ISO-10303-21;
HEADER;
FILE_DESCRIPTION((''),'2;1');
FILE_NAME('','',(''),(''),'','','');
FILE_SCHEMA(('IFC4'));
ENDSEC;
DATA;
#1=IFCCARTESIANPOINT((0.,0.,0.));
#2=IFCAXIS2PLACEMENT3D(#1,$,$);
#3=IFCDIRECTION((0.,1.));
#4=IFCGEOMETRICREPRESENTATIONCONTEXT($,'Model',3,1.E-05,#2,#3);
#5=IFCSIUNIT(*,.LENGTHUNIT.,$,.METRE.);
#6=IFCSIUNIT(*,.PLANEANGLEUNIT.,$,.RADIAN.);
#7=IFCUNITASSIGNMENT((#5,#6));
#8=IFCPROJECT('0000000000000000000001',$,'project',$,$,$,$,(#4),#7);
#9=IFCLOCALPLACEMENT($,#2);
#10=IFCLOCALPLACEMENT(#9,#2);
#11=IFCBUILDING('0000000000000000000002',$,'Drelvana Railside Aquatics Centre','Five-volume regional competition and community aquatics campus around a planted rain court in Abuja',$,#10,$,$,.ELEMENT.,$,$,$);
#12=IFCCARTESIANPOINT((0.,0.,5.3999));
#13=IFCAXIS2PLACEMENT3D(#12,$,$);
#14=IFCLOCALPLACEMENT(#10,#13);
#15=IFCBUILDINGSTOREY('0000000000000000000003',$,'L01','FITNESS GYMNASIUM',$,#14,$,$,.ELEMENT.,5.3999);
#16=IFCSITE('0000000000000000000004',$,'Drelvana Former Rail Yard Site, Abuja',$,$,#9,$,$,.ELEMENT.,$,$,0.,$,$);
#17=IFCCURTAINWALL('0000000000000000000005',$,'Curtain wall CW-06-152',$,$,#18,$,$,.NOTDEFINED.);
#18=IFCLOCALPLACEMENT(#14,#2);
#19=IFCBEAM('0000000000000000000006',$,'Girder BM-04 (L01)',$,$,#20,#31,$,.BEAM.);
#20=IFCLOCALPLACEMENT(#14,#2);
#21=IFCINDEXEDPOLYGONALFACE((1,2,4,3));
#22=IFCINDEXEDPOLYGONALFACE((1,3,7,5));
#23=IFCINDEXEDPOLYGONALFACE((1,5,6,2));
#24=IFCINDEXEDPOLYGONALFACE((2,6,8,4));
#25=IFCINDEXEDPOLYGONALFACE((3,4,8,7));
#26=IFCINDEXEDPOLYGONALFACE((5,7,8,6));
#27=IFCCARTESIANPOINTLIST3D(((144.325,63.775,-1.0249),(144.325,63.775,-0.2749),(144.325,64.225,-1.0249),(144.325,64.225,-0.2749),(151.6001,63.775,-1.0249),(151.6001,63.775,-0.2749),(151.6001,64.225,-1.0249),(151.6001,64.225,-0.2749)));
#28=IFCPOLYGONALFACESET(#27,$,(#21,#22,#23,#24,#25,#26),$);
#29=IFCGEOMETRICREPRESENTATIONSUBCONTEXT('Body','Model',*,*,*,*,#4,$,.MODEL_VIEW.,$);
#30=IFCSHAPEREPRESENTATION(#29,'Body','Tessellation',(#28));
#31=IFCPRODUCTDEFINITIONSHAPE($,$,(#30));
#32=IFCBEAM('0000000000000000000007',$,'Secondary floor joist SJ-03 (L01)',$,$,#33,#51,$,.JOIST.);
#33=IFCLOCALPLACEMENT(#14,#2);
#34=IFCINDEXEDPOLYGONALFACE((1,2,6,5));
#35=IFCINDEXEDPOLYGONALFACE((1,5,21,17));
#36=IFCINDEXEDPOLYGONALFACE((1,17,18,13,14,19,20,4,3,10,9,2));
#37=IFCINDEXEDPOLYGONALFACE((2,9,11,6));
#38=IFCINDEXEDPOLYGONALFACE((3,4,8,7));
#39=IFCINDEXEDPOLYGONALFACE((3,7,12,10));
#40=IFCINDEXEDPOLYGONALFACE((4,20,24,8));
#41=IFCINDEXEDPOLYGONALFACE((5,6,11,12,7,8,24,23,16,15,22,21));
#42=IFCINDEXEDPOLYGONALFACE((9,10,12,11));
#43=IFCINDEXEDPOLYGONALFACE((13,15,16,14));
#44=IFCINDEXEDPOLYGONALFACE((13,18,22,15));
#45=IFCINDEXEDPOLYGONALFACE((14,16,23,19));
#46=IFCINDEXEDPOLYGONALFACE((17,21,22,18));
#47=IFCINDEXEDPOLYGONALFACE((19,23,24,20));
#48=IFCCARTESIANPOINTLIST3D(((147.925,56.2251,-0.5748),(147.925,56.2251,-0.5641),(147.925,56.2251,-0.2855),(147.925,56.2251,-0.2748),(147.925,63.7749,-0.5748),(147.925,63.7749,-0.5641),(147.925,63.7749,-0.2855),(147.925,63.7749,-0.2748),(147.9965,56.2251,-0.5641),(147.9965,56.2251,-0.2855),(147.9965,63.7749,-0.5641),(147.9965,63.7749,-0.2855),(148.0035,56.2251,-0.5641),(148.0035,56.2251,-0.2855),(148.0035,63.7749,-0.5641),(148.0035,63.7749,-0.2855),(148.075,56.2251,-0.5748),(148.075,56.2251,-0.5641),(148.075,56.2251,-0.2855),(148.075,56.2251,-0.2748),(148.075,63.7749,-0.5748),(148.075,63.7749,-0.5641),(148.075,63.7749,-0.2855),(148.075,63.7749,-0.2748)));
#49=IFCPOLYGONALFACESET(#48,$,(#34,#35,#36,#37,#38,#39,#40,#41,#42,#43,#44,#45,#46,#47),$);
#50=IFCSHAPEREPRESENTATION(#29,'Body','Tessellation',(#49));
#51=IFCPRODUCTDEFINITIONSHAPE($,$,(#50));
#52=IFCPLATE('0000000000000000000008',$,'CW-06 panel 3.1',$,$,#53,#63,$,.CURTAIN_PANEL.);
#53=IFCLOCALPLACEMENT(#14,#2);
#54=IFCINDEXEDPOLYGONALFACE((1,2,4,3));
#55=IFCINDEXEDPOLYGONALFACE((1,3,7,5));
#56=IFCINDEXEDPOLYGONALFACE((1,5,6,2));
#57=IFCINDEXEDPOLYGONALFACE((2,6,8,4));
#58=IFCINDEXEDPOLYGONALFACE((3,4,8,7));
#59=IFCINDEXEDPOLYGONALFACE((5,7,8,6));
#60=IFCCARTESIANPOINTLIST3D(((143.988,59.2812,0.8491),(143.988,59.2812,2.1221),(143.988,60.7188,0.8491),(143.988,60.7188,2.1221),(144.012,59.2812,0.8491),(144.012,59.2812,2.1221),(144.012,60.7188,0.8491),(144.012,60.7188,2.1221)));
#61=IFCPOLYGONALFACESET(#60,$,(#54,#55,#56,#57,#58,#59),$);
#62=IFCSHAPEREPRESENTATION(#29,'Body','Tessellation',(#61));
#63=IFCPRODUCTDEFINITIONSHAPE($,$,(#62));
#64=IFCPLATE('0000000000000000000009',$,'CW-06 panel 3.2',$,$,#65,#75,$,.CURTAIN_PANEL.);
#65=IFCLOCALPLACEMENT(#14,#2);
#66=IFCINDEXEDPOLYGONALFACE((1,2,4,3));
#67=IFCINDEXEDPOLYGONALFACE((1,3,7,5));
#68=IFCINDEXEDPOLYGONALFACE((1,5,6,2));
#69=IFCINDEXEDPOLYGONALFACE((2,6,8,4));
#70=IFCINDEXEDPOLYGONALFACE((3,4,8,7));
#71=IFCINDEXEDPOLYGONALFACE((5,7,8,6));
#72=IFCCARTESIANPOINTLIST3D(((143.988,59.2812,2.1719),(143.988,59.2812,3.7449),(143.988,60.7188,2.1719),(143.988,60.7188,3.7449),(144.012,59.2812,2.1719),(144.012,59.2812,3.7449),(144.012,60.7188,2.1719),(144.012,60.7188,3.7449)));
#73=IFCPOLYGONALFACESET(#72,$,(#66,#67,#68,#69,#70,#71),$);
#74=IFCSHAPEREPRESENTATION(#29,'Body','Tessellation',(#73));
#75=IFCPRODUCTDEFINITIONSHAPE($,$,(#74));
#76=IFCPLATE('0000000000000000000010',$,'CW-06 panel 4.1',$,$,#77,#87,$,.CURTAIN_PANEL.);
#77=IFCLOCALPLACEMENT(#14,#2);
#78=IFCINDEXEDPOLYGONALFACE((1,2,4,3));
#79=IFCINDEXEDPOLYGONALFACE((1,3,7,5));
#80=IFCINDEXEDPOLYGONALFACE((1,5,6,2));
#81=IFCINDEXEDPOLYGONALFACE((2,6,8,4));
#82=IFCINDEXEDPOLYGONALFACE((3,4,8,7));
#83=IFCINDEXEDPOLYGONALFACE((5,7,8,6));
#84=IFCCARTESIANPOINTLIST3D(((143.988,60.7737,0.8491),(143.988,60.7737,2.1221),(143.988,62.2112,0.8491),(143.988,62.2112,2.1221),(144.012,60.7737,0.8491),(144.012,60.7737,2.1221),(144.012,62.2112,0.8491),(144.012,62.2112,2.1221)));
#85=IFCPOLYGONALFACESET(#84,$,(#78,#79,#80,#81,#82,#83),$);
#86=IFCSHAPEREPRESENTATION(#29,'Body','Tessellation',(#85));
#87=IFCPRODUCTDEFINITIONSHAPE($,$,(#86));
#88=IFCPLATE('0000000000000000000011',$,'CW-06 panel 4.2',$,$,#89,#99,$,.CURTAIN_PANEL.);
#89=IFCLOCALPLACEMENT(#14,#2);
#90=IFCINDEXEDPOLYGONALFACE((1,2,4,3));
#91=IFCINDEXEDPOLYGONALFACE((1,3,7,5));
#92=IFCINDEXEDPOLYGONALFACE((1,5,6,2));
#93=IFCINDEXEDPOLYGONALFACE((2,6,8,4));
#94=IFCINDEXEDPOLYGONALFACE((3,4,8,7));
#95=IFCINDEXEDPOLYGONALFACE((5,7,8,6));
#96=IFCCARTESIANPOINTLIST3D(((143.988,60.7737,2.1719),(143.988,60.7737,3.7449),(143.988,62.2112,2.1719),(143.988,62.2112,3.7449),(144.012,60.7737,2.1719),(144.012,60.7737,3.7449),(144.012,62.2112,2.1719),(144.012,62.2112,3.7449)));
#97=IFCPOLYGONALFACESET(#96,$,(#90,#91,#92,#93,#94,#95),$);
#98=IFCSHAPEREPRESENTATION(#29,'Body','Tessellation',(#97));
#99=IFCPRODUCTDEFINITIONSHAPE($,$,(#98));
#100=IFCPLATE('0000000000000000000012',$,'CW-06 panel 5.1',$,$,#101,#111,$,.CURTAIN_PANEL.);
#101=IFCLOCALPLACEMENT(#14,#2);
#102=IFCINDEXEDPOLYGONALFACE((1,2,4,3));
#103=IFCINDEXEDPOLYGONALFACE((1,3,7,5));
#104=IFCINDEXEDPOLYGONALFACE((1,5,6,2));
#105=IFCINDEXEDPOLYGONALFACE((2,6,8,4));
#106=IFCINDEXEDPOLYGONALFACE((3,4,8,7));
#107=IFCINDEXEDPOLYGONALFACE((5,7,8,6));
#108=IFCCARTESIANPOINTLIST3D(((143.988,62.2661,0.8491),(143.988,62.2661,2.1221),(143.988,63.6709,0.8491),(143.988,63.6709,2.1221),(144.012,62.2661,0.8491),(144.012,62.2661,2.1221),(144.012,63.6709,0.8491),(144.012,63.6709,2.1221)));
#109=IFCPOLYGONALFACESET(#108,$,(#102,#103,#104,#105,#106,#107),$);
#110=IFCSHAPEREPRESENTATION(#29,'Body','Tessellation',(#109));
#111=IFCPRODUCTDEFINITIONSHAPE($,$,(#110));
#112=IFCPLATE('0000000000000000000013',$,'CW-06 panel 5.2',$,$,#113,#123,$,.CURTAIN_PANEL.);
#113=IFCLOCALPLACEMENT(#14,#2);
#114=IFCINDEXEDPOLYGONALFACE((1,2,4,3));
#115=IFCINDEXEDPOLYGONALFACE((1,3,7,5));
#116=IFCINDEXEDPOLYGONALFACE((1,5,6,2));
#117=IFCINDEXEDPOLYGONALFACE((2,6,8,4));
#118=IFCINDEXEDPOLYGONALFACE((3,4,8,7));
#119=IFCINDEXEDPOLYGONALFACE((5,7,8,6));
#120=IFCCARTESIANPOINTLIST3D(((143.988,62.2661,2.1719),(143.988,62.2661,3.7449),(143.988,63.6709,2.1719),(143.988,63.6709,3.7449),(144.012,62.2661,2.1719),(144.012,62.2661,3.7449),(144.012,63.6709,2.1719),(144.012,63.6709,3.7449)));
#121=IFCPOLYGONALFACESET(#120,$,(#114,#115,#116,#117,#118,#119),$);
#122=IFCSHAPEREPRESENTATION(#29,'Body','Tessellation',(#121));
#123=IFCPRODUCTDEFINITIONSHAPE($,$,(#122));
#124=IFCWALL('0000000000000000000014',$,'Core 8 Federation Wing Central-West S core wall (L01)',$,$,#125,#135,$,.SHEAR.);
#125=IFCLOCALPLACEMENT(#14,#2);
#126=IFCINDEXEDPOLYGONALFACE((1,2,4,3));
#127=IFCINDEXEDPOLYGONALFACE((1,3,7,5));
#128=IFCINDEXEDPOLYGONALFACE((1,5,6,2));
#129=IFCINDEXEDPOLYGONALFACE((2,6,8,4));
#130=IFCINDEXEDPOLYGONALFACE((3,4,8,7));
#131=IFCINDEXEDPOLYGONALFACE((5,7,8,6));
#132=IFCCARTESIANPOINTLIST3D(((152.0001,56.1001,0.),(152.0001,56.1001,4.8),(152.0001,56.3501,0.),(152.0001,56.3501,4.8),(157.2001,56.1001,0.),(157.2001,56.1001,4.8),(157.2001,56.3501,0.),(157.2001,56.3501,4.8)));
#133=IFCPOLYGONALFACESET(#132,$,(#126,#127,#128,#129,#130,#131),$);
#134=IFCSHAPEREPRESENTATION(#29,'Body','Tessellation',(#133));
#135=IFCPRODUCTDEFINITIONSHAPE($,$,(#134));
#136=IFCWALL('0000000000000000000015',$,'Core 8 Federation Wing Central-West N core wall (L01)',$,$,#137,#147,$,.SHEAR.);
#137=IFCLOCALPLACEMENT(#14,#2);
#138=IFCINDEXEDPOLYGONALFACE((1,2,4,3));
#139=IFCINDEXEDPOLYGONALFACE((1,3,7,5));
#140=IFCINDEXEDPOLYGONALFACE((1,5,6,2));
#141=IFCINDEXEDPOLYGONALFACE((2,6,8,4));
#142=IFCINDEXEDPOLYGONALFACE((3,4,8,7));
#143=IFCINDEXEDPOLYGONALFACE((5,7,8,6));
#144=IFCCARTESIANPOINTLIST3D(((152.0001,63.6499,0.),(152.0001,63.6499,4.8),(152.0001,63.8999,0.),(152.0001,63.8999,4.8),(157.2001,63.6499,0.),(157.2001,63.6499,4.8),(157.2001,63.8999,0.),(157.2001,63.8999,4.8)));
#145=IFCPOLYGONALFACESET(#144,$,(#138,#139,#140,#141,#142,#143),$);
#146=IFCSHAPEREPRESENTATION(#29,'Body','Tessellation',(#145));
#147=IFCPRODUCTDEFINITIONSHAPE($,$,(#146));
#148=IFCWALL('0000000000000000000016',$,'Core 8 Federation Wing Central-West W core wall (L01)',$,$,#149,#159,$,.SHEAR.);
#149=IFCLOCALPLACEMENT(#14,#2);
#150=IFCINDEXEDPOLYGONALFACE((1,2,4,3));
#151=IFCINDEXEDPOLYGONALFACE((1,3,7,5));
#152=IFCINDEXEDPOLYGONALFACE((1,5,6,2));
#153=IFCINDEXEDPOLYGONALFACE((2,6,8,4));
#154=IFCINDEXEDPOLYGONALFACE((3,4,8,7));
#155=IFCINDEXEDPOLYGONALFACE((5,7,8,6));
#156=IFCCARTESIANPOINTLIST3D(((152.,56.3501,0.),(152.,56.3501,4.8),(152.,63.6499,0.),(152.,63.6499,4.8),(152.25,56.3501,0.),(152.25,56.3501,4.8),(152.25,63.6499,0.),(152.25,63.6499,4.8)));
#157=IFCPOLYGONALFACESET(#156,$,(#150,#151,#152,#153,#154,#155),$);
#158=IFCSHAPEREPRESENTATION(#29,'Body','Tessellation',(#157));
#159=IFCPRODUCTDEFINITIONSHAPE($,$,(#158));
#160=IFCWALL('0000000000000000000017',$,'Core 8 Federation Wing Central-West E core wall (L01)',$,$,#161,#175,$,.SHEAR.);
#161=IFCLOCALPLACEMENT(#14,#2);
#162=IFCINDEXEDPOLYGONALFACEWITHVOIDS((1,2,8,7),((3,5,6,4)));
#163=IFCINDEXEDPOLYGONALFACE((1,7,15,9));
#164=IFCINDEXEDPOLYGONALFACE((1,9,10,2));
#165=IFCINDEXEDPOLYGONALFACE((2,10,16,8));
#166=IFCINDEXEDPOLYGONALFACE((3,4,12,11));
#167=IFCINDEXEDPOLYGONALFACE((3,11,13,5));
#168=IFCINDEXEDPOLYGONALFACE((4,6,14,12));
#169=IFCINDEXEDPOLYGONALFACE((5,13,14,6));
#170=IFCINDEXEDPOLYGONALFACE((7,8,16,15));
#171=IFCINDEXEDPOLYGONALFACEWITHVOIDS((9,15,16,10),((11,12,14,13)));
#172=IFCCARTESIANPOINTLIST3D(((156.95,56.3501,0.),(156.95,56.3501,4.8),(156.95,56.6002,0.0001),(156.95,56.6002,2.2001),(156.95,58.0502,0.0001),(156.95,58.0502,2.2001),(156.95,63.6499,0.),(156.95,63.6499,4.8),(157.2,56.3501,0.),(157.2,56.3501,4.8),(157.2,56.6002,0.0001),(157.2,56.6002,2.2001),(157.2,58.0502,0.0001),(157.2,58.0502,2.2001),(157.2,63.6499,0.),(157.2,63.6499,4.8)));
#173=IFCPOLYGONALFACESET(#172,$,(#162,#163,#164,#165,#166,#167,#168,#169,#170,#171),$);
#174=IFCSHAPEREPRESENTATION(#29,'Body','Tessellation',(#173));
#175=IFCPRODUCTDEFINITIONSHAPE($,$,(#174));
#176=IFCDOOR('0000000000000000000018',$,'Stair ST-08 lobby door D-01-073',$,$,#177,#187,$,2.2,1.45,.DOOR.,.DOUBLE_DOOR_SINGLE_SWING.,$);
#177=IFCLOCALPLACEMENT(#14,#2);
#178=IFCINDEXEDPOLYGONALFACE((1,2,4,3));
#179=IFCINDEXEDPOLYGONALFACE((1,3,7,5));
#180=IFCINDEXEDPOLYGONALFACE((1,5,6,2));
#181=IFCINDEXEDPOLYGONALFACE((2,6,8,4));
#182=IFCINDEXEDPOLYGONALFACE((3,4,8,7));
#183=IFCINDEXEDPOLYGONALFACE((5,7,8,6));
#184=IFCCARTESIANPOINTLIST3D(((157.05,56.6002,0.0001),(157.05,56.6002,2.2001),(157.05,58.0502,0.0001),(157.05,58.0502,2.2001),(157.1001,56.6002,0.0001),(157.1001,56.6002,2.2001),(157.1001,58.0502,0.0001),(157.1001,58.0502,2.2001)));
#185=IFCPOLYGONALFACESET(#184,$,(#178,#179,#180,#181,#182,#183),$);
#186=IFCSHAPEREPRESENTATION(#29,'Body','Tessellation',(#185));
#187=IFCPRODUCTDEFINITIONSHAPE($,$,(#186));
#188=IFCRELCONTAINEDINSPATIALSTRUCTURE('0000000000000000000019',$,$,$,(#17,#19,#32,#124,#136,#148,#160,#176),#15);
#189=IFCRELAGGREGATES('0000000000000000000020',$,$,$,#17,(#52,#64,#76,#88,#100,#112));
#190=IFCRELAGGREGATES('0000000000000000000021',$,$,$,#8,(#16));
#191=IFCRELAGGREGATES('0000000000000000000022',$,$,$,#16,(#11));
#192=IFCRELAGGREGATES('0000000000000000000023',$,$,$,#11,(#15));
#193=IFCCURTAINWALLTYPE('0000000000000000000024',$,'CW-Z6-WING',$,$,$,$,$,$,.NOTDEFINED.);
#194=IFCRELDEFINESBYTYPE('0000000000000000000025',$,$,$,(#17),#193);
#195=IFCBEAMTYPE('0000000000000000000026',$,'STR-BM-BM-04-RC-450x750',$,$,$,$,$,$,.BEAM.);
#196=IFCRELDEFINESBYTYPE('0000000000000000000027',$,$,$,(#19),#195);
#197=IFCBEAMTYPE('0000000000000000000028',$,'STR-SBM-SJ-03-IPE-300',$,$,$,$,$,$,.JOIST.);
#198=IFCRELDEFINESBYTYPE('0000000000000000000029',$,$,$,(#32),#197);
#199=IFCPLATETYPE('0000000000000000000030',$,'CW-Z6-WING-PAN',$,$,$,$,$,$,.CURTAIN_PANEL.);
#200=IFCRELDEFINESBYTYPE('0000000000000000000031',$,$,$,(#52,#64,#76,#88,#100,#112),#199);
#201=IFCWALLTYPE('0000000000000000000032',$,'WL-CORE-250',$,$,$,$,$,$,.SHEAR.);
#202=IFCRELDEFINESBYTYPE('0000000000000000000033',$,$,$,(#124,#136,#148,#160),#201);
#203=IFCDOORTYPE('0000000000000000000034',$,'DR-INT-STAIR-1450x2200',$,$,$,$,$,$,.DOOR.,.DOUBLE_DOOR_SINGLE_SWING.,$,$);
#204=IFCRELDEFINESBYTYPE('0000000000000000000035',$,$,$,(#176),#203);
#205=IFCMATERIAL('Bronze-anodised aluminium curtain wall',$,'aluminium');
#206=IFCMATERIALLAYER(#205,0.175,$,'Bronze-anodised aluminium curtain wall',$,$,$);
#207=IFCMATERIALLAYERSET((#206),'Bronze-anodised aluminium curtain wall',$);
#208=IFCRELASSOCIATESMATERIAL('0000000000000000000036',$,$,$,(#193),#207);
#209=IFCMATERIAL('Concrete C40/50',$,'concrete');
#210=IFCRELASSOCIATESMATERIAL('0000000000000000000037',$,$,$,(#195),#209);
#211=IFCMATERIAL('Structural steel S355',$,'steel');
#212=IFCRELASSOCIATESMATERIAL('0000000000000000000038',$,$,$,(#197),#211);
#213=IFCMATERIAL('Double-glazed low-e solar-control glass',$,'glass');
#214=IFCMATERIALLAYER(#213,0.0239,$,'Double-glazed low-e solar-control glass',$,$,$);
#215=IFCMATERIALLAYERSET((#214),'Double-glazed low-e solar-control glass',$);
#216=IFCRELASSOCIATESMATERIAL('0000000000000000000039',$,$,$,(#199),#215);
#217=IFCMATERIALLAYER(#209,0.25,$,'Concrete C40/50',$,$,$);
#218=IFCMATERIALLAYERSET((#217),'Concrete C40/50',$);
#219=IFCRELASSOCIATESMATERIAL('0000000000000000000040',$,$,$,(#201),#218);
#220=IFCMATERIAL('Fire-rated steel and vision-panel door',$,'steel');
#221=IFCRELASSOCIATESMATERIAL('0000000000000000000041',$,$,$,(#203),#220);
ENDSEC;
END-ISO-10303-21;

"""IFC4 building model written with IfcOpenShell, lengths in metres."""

from ifc_helpers import new_model, si_unit, direction, frame, frame_2d, origin, origin_2d, place, context, subcontext, project, spatial, rectangle, i_section, extrude, material, layer, layer_set, material_profile, profile_set, type_object, element, fill, aggregate, save


model = new_model("IFC4")

# Units and contexts
model_context = context("Model", 3, precision=1e-05, world=origin(), true_north=direction((0.0, 1.0)))
body_context = subcontext(model_context, "Body", "Model", "MODEL_VIEW")
ifc_project = project(units=[si_unit("LENGTHUNIT", "METRE"), si_unit("PLANEANGLEUNIT", "RADIAN")], contexts=[model_context])

# Site, building, storey
site_placement = place(None, origin())
site = spatial("IfcSite", under=ifc_project, at=site_placement, Name="Drelvana Former Rail Yard Site, Abuja", CompositionType="ELEMENT", RefElevation=0.0)
building_placement = place(site_placement, origin())
building = spatial("IfcBuilding", under=site, at=building_placement, Name="Drelvana Railside Aquatics Centre", Description="Five-volume regional competition and community aquatics campus around a planted rain court in Abuja", CompositionType="ELEMENT")
storey_placement = place(building_placement, frame((0.0, 0.0, 5.3999)))
storey = spatial("IfcBuildingStorey", under=building, at=storey_placement, Name="L01", Description="FITNESS GYMNASIUM", CompositionType="ELEMENT", Elevation=5.3999)

# Shared definitions
ifc_material_1 = material(Name="Concrete C40/50", Category="concrete")

# Curtain wall
ifc_material_2 = material(Name="Bronze-anodised aluminium curtain wall", Category="aluminium")
ifc_layer_1 = layer(ifc_material_2, 0.175, Name="Bronze-anodised aluminium curtain wall")
ifc_layer_set_1 = layer_set([ifc_layer_1], Name="Bronze-anodised aluminium curtain wall")
curtain_wall_type = type_object("IfcCurtainWallType", Name="CW-Z6-WING", PredefinedType="NOTDEFINED", material=ifc_layer_set_1)
curtain_wall_placement = place(storey_placement, origin())
curtain_wall = element("IfcCurtainWall", 1, at=curtain_wall_placement, inside=storey, type_object=curtain_wall_type, Name="Curtain wall CW-06-152", PredefinedType="NOTDEFINED")

# Beams
ifc_material_profile_1 = material_profile(ifc_material_1, rectangle(XDim=0.45, YDim=0.75, at=origin_2d()), Name="RC 450x750")
ifc_profile_set_1 = profile_set([ifc_material_profile_1], Name="Concrete C40/50")
beam_type_1 = type_object("IfcBeamType", Name="STR-BM-BM-04-RC-450x750", PredefinedType="BEAM", material=ifc_profile_set_1)
beam_1_placement = place(storey_placement, frame((144.325, 64.0, -0.6499), z_axis=(1.0, 0.0, 0.0), x_axis=(0.0, 1.0, 0.0)))
element("IfcBeam", 2, at=beam_1_placement, inside=storey, type_object=beam_type_1, Name="Girder BM-04 (L01)", PredefinedType="BEAM", context=body_context, shape_type="SweptSolid", body=[
    extrude(rectangle(XDim=0.45, YDim=0.75, at=origin_2d()), origin(), (0.0, 0.0, 1.0), 7.2751),
])
ifc_material_3 = material(Name="Structural steel S355", Category="steel")
ifc_material_profile_2 = material_profile(ifc_material_3, i_section(OverallWidth=0.1499, OverallDepth=0.3, WebThickness=0.0071, FlangeThickness=0.0107, at=origin_2d()), Name="IPE 300")
ifc_profile_set_2 = profile_set([ifc_material_profile_2], Name="Structural steel S355")
beam_type_2 = type_object("IfcBeamType", Name="STR-SBM-SJ-03-IPE-300", PredefinedType="JOIST", material=ifc_profile_set_2)
beam_2_placement = place(storey_placement, frame((148.0, 56.2251, -0.4248), z_axis=(0.0, 1.0, 0.0), x_axis=(-1.0, 0.0, 0.0)))
element("IfcBeam", 3, at=beam_2_placement, inside=storey, type_object=beam_type_2, Name="Secondary floor joist SJ-03 (L01)", PredefinedType="JOIST", context=body_context, shape_type="SweptSolid", body=[
    extrude(i_section(OverallWidth=0.1499, OverallDepth=0.3, WebThickness=0.0071, FlangeThickness=0.0107, at=origin_2d()), origin(), (0.0, 0.0, 1.0), 7.5498),
])

# Plates
ifc_material_4 = material(Name="Double-glazed low-e solar-control glass", Category="glass")
ifc_layer_2 = layer(ifc_material_4, 0.0239, Name="Double-glazed low-e solar-control glass")
ifc_layer_set_2 = layer_set([ifc_layer_2], Name="Double-glazed low-e solar-control glass")
plate_type = type_object("IfcPlateType", Name="CW-Z6-WING-PAN", PredefinedType="CURTAIN_PANEL", material=ifc_layer_set_2)
plate_1_placement = place(storey_placement, frame((144.0, 60.0, 0.8491), z_axis=(0.0, 0.0, 1.0), x_axis=(0.0, 1.0, 0.0)))
plate_1 = element("IfcPlate", 4, at=plate_1_placement, type_object=plate_type, Name="CW-06 panel 3.1", PredefinedType="CURTAIN_PANEL", context=body_context, shape_type="SweptSolid", body=[
    extrude(rectangle(XDim=1.4375, YDim=0.0239, at=origin_2d()), origin(), (0.0, 0.0, 1.0), 1.2729),
])
plate_2_placement = place(storey_placement, frame((144.0, 60.0, 2.1719), z_axis=(0.0, 0.0, 1.0), x_axis=(0.0, 1.0, 0.0)))
plate_2 = element("IfcPlate", 5, at=plate_2_placement, type_object=plate_type, Name="CW-06 panel 3.2", PredefinedType="CURTAIN_PANEL", context=body_context, shape_type="SweptSolid", body=[
    extrude(rectangle(XDim=1.4375, YDim=0.0239, at=origin_2d()), origin(), (0.0, 0.0, 1.0), 1.573),
])
plate_3_placement = place(storey_placement, frame((144.0, 61.4924, 0.8491), z_axis=(0.0, 0.0, 1.0), x_axis=(0.0, 1.0, 0.0)))
plate_3 = element("IfcPlate", 6, at=plate_3_placement, type_object=plate_type, Name="CW-06 panel 4.1", PredefinedType="CURTAIN_PANEL", context=body_context, shape_type="SweptSolid", body=[
    extrude(rectangle(XDim=1.4375, YDim=0.0239, at=origin_2d()), origin(), (0.0, 0.0, 1.0), 1.2729),
])
plate_4_placement = place(storey_placement, frame((144.0, 61.4924, 2.1719), z_axis=(0.0, 0.0, 1.0), x_axis=(0.0, 1.0, 0.0)))
plate_4 = element("IfcPlate", 7, at=plate_4_placement, type_object=plate_type, Name="CW-06 panel 4.2", PredefinedType="CURTAIN_PANEL", context=body_context, shape_type="SweptSolid", body=[
    extrude(rectangle(XDim=1.4375, YDim=0.0239, at=origin_2d()), origin(), (0.0, 0.0, 1.0), 1.573),
])
plate_5_placement = place(storey_placement, frame((144.0, 62.9685, 0.8491), z_axis=(0.0, 0.0, 1.0), x_axis=(0.0, 1.0, 0.0)))
plate_5 = element("IfcPlate", 8, at=plate_5_placement, type_object=plate_type, Name="CW-06 panel 5.1", PredefinedType="CURTAIN_PANEL", context=body_context, shape_type="SweptSolid", body=[
    extrude(rectangle(XDim=1.4048, YDim=0.0239, at=origin_2d()), origin(), (0.0, 0.0, 1.0), 1.2729),
])
plate_6_placement = place(storey_placement, frame((144.0, 62.9685, 2.1719), z_axis=(0.0, 0.0, 1.0), x_axis=(0.0, 1.0, 0.0)))
plate_6 = element("IfcPlate", 9, at=plate_6_placement, type_object=plate_type, Name="CW-06 panel 5.2", PredefinedType="CURTAIN_PANEL", context=body_context, shape_type="SweptSolid", body=[
    extrude(rectangle(XDim=1.4048, YDim=0.0239, at=origin_2d()), origin(), (0.0, 0.0, 1.0), 1.573),
])
aggregate(curtain_wall, [plate_1, plate_2, plate_3, plate_4, plate_5, plate_6])

# Walls
ifc_layer_3 = layer(ifc_material_1, 0.25, Name="Concrete C40/50")
ifc_layer_set_3 = layer_set([ifc_layer_3], Name="Concrete C40/50")
wall_type_1 = type_object("IfcWallType", Name="WL-CORE-250", PredefinedType="SHEAR", material=ifc_layer_set_3)
for number, where, z_axis, x_axis, name in (
    (10, (152.0, 56.2251, 0.0), (0.0, 0.0, 1.0), (1.0, 0.0, 0.0), "Core 8 Federation Wing Central-West S core wall (L01)"),
    (11, (152.0, 63.7749, 0.0), (0.0, 0.0, 1.0), (1.0, 0.0, 0.0), "Core 8 Federation Wing Central-West N core wall (L01)"),
):
    element("IfcWall", number, at=place(storey_placement, frame(where, z_axis=z_axis, x_axis=x_axis)), inside=storey, type_object=wall_type_1, Name=name, PredefinedType="SHEAR", context=body_context, shape_type="SweptSolid", body=[
        extrude(rectangle(XDim=5.2, YDim=0.25, at=frame_2d((2.6001, 0.0))), origin(), (0.0, 0.0, 1.0), 4.8),
    ])
wall_1_placement = place(storey_placement, frame((152.125, 56.3501, 0.0), z_axis=(0.0, 0.0, 1.0), x_axis=(0.0, 1.0, 0.0)))
element("IfcWall", 12, at=wall_1_placement, inside=storey, type_object=wall_type_1, Name="Core 8 Federation Wing Central-West W core wall (L01)", PredefinedType="SHEAR", context=body_context, shape_type="SweptSolid", body=[
    extrude(rectangle(XDim=7.2998, YDim=0.25, at=frame_2d((3.6499, 0.0))), origin(), (0.0, 0.0, 1.0), 4.8),
])

# Wall, opening, door
wall_2_placement = place(storey_placement, frame((157.075, 56.3501, 0.0), z_axis=(0.0, 0.0, 1.0), x_axis=(0.0, 1.0, 0.0)))
wall_2 = element("IfcWall", 13, at=wall_2_placement, inside=storey, type_object=wall_type_1, Name="Core 8 Federation Wing Central-West E core wall (L01)", PredefinedType="SHEAR", context=body_context, shape_type="SweptSolid", body=[
    extrude(rectangle(XDim=7.2998, YDim=0.25, at=frame_2d((3.6499, 0.0))), origin(), (0.0, 0.0, 1.0), 4.8),
])
opening_placement = place(wall_2_placement, frame((0.25, 0.0, 0.0)))
opening = element("IfcOpeningElement", 14, at=opening_placement, cuts=wall_2, PredefinedType="OPENING", context=body_context, shape_type="SweptSolid", body=[
    extrude(rectangle(XDim=1.45, YDim=2.2, at=frame_2d((0.7251, 1.1001))), frame((0.0, 0.135, 0.0), z_axis=(0.0, -1.0, 0.0), x_axis=(1.0, 0.0, 0.0)), (0.0, 0.0, 1.0), 0.27),
])
ifc_material_5 = material(Name="Fire-rated steel and vision-panel door", Category="steel")
door_type = type_object("IfcDoorType", Name="DR-INT-STAIR-1450x2200", OperationType="DOUBLE_DOOR_SINGLE_SWING", PredefinedType="DOOR", material=ifc_material_5)
door_placement = place(opening_placement, origin())
door = element("IfcDoor", 15, at=door_placement, inside=storey, type_object=door_type, Name="Stair ST-08 lobby door D-01-073", OperationType="DOUBLE_DOOR_SINGLE_SWING", OverallHeight=2.2, OverallWidth=1.45, PredefinedType="DOOR", context=body_context, shape_type="SweptSolid", body=[
    extrude(rectangle(XDim=1.45, YDim=2.2, at=frame_2d((0.7251, 1.1001))), frame((0.0, 0.0249, 0.0), z_axis=(0.0, -1.0, 0.0), x_axis=(1.0, 0.0, 0.0)), (0.0, 0.0, 1.0), 0.05),
])
fill(opening, door)

save(model, "model.ifc")
